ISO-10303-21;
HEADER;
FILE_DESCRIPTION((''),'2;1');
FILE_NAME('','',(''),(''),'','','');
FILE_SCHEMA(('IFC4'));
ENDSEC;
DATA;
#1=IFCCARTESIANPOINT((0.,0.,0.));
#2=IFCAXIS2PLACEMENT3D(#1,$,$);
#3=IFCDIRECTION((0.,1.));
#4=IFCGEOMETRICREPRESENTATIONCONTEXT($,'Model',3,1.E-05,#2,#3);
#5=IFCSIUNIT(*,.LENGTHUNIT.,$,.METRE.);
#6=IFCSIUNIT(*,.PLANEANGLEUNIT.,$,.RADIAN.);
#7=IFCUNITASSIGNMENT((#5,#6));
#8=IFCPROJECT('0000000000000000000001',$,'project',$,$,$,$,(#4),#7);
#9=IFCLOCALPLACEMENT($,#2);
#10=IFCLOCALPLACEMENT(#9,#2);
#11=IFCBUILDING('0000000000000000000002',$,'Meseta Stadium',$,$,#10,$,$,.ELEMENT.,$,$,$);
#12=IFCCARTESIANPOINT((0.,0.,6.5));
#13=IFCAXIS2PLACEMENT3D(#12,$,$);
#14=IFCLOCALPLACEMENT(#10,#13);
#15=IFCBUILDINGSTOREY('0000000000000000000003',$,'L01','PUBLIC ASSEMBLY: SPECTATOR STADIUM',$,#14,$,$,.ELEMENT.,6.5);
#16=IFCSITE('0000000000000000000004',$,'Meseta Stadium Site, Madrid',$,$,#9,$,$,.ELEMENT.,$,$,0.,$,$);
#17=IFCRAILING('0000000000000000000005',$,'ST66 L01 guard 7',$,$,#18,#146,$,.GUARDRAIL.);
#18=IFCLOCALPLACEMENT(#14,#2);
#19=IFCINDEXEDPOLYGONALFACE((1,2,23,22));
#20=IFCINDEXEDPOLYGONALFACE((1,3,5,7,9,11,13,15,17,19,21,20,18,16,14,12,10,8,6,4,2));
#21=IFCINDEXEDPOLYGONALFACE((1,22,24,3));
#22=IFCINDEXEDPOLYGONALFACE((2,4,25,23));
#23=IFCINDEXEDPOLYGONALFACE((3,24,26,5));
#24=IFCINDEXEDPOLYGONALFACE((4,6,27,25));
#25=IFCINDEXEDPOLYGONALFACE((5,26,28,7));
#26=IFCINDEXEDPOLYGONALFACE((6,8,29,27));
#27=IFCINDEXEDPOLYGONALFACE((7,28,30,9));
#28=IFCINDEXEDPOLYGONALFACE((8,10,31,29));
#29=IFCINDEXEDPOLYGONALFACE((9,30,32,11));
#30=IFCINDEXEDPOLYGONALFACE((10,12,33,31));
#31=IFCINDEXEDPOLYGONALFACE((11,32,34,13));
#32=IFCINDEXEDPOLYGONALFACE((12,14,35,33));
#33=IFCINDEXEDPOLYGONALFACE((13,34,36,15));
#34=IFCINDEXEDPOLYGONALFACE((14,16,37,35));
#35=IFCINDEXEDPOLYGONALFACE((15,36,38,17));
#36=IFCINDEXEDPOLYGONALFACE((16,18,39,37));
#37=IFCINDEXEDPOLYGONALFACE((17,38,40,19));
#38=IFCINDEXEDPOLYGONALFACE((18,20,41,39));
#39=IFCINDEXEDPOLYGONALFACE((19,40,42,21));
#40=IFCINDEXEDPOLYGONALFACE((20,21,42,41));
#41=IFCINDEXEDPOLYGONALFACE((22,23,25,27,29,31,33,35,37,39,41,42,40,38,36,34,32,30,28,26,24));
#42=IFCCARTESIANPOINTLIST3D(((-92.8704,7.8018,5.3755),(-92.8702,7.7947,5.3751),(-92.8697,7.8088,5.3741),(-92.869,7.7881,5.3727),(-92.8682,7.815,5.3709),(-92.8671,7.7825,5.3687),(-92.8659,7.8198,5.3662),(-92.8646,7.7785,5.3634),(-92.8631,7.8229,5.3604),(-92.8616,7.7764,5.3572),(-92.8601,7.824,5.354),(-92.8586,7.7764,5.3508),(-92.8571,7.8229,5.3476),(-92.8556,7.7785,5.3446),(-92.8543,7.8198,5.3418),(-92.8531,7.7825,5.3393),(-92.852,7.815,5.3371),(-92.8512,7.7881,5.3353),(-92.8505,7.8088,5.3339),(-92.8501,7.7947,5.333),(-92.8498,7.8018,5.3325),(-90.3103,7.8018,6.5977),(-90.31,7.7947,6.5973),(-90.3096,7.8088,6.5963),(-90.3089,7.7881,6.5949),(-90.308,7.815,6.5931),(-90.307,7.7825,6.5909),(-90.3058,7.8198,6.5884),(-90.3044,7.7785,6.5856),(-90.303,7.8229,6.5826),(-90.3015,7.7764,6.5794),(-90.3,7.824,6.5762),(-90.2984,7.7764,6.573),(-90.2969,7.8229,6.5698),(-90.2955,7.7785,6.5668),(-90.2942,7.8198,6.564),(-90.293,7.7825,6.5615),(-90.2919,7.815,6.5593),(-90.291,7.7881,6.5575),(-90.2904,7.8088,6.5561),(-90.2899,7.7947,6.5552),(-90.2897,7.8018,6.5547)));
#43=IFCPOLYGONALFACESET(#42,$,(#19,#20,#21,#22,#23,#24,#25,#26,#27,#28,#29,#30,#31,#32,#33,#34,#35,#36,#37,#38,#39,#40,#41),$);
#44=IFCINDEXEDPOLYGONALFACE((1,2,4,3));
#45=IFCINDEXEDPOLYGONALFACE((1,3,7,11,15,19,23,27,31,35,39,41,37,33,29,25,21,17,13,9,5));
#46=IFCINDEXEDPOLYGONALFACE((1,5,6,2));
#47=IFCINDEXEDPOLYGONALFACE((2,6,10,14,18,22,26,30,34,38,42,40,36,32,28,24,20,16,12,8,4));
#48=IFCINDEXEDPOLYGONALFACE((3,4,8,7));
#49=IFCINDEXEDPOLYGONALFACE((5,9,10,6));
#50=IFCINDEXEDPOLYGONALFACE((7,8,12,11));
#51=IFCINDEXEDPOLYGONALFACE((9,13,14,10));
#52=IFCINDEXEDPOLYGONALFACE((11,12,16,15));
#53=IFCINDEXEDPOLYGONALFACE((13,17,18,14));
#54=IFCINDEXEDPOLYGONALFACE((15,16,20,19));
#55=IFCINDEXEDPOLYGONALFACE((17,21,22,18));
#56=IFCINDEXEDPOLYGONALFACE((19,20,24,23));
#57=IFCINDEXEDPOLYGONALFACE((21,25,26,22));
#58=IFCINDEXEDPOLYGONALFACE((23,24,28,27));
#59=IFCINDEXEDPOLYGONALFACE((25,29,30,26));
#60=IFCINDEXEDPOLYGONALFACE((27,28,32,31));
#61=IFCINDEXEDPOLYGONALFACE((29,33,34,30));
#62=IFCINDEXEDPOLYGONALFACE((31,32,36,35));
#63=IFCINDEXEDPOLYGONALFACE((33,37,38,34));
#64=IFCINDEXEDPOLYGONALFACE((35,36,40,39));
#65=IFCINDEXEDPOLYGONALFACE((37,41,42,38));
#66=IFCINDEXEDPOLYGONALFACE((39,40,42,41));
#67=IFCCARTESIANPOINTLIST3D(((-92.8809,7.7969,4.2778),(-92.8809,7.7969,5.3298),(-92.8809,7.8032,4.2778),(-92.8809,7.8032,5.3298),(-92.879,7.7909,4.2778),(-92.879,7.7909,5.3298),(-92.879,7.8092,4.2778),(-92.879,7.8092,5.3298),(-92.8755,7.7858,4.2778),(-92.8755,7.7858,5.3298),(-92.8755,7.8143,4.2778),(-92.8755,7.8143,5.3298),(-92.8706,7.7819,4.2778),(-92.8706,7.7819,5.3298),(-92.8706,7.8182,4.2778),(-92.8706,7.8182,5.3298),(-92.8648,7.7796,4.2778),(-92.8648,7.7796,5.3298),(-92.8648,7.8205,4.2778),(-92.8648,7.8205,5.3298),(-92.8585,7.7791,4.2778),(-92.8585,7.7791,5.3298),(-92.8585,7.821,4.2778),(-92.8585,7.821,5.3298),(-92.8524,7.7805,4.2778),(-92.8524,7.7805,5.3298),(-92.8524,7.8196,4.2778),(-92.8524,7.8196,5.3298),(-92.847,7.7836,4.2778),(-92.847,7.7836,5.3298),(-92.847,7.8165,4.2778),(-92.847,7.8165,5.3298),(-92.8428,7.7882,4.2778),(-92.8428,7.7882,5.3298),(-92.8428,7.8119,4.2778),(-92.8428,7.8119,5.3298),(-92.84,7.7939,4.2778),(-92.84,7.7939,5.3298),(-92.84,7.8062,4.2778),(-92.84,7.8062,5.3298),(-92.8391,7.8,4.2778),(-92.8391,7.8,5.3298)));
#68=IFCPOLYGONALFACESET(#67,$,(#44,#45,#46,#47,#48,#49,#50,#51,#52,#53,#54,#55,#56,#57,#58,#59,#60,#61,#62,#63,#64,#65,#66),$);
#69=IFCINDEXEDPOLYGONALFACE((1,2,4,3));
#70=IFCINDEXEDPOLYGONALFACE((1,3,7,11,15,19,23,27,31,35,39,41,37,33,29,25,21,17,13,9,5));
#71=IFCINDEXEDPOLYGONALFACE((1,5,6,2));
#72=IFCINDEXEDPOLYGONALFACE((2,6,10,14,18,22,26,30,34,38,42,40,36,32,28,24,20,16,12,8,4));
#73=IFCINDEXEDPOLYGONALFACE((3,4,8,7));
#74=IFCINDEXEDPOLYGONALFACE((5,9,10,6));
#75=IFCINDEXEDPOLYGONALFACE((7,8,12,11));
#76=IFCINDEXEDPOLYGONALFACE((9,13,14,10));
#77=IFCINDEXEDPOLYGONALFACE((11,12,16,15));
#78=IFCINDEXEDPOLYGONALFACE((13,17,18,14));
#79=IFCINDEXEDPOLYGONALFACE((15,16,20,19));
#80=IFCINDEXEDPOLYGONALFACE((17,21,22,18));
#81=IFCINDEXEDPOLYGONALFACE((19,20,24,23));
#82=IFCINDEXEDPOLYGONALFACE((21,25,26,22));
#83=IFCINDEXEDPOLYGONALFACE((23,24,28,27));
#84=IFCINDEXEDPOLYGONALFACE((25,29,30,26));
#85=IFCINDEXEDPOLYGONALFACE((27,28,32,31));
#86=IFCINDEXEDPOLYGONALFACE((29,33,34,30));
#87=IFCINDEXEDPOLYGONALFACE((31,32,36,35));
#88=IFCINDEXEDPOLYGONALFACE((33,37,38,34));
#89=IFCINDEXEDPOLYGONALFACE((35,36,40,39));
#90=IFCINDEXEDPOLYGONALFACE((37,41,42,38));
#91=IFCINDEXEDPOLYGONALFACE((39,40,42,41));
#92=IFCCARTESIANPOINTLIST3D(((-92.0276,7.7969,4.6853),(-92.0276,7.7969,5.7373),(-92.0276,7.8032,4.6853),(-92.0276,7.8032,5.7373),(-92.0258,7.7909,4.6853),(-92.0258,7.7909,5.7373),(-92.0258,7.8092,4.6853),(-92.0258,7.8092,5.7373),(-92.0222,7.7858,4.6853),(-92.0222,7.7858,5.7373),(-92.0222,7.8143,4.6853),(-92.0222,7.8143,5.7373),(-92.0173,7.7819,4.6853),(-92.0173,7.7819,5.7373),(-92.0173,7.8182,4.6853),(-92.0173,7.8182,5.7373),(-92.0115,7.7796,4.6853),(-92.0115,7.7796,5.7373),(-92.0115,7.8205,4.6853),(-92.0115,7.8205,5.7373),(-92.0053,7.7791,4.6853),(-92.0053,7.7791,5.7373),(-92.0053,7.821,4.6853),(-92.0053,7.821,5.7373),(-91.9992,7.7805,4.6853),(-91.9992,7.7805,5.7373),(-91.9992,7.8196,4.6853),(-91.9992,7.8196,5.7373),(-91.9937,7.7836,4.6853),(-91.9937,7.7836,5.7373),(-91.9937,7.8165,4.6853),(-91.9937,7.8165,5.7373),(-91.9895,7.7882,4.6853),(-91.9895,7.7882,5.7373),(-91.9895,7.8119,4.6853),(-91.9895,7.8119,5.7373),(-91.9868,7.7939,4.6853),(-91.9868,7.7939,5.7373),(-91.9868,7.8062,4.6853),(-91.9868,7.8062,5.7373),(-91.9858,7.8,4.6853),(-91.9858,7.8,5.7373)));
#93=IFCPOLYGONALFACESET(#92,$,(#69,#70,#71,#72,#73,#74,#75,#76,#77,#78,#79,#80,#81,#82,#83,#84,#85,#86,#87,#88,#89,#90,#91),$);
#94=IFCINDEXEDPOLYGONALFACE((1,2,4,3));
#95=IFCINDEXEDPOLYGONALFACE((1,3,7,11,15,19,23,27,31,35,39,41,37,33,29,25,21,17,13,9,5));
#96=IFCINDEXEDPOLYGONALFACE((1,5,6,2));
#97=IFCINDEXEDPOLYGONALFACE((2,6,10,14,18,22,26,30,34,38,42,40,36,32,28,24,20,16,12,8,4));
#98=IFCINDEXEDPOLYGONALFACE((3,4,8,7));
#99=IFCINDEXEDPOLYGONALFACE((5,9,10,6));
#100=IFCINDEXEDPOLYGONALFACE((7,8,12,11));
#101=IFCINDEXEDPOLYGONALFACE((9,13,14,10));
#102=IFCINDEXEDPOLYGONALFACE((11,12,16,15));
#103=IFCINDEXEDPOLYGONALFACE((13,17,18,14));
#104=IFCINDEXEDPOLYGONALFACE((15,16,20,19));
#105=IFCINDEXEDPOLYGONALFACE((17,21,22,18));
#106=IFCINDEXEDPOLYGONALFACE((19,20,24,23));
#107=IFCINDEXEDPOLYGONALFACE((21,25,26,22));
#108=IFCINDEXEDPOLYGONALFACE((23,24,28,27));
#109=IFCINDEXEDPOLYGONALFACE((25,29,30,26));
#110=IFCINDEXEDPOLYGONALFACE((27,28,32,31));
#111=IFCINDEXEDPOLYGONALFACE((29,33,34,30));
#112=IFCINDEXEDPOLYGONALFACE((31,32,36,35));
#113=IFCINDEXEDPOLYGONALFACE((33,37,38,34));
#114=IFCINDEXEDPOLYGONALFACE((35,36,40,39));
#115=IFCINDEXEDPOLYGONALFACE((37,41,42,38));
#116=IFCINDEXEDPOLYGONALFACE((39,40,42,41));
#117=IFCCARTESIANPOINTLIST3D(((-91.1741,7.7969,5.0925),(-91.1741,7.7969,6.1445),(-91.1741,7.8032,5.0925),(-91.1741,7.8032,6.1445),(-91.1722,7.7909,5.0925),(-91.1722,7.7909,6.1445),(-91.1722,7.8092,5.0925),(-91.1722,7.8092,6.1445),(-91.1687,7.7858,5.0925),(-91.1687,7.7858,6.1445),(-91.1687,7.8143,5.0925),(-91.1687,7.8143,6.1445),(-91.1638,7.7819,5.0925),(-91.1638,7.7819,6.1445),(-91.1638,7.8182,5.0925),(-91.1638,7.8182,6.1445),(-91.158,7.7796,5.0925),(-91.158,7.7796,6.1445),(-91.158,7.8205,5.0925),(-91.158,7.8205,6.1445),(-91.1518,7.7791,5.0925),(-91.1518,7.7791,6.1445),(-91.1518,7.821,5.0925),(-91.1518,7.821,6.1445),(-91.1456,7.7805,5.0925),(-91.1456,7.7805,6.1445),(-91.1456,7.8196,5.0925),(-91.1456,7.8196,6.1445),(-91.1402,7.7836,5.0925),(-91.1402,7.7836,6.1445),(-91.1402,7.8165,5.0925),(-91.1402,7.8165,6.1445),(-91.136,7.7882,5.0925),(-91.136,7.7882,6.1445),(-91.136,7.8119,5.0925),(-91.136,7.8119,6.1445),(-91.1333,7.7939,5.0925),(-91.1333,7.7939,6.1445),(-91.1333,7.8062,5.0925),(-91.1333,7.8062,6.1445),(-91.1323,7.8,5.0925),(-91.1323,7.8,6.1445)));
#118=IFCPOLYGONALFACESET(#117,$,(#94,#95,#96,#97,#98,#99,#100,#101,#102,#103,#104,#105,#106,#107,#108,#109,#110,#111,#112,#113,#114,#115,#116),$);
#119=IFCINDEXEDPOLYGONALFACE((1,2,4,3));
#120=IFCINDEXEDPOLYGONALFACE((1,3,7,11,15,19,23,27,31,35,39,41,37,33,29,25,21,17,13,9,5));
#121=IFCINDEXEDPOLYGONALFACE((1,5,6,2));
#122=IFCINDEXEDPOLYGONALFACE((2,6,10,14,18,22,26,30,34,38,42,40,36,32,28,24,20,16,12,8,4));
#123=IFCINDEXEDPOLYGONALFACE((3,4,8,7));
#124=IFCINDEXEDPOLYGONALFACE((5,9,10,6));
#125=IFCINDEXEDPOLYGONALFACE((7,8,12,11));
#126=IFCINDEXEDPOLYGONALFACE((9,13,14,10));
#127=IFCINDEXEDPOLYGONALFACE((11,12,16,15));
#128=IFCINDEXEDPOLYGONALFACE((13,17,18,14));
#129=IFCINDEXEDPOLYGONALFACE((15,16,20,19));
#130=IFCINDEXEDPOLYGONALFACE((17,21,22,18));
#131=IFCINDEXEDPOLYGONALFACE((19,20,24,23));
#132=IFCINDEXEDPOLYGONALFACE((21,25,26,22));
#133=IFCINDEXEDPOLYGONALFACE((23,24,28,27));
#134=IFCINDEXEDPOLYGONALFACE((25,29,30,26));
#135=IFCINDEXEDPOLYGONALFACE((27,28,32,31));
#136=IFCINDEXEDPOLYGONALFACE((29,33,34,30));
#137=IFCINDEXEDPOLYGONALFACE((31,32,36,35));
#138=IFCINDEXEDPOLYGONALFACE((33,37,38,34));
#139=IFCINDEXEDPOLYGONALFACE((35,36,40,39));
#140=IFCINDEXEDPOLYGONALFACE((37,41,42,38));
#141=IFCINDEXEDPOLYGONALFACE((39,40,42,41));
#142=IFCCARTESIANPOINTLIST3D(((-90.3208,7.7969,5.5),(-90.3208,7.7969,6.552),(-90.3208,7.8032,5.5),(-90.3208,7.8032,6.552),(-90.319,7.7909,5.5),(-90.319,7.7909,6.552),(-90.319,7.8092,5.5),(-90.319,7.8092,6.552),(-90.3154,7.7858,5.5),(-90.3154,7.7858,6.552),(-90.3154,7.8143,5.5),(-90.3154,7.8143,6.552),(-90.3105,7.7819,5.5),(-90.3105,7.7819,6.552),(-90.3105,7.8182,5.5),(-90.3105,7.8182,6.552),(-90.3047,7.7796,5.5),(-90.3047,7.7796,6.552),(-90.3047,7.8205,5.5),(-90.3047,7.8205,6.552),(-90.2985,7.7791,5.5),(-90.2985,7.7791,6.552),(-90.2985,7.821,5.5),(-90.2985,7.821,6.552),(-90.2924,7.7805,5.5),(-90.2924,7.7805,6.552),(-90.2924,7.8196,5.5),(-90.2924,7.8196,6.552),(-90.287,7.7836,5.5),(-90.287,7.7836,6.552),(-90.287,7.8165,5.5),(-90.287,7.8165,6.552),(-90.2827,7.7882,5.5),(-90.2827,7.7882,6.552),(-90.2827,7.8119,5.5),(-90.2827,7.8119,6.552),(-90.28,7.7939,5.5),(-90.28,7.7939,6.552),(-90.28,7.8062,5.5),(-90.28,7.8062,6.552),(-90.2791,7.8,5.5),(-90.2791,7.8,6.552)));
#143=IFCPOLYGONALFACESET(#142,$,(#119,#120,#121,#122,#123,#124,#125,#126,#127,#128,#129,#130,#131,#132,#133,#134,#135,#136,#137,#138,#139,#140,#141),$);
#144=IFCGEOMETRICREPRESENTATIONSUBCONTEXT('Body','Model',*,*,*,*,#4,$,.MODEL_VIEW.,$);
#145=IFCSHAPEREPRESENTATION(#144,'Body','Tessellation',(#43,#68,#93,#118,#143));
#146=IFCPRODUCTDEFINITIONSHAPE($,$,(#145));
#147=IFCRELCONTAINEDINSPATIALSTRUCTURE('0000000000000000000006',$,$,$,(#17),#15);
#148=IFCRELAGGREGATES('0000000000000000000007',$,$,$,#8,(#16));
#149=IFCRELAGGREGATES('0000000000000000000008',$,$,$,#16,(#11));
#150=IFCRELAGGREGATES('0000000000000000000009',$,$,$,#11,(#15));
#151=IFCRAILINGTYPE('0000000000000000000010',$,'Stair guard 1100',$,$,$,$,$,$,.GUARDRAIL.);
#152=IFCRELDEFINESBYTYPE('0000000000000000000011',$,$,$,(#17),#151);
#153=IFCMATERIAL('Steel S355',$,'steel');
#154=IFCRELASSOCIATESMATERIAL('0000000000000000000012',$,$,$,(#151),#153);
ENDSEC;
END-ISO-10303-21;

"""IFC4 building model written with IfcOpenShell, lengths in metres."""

from ifc_helpers import new_model, si_unit, direction, frame, origin, origin_2d, place, context, subcontext, project, spatial, circle, extrude, material, type_object, element, save


model = new_model("IFC4")

# Units and contexts
model_context = context("Model", 3, precision=1e-05, world=origin(), true_north=direction((0.0, 1.0)))
body_context = subcontext(model_context, "Body", "Model", "MODEL_VIEW")
ifc_project = project(units=[si_unit("LENGTHUNIT", "METRE"), si_unit("PLANEANGLEUNIT", "RADIAN")], contexts=[model_context])

# Site, building, storey
site_placement = place(None, origin())
site = spatial("IfcSite", under=ifc_project, at=site_placement, Name="Meseta Stadium Site, Madrid", CompositionType="ELEMENT", RefElevation=0.0)
building_placement = place(site_placement, origin())
building = spatial("IfcBuilding", under=site, at=building_placement, Name="Meseta Stadium", CompositionType="ELEMENT")
storey_placement = place(building_placement, frame((0.0, 0.0, 6.5)))
storey = spatial("IfcBuildingStorey", under=building, at=storey_placement, Name="L01", Description="PUBLIC ASSEMBLY: SPECTATOR STADIUM", CompositionType="ELEMENT", Elevation=6.5)

# Railing
ifc_material_1 = material(Name="Steel S355", Category="steel")
railing_type_1 = type_object("IfcRailingType", Name="Stair guard 1100", PredefinedType="GUARDRAIL", material=ifc_material_1)
railing_1_placement = place(storey_placement, frame((-92.8601, 7.8, 4.2778)))
element("IfcRailing", 1, at=railing_1_placement, inside=storey, type_object=railing_type_1, Name="ST66 L01 guard 7", PredefinedType="GUARDRAIL", context=body_context, shape_type="SweptSolid", body=[
    extrude(circle(Radius=0.0239, at=origin_2d()), frame((0.0, 0.0, 1.0762), z_axis=(0.902437, 0.0, 0.430822), x_axis=(0.0, 1.0, 0.0)), (0.0, 0.0, 1.0), 2.8369),
    extrude(circle(Radius=0.021, at=origin_2d()), origin(), (0.0, 0.0, 1.0), 1.052),
    extrude(circle(Radius=0.021, at=origin_2d()), frame((0.8533, 0.0, 0.4075)), (0.0, 0.0, 1.0), 1.052),
    extrude(circle(Radius=0.021, at=origin_2d()), frame((1.7068, 0.0, 0.8147)), (0.0, 0.0, 1.0), 1.052),
    extrude(circle(Radius=0.021, at=origin_2d()), frame((2.5601, 0.0, 1.2222)), (0.0, 0.0, 1.0), 1.052),
])

save(model, "model.ifc")
